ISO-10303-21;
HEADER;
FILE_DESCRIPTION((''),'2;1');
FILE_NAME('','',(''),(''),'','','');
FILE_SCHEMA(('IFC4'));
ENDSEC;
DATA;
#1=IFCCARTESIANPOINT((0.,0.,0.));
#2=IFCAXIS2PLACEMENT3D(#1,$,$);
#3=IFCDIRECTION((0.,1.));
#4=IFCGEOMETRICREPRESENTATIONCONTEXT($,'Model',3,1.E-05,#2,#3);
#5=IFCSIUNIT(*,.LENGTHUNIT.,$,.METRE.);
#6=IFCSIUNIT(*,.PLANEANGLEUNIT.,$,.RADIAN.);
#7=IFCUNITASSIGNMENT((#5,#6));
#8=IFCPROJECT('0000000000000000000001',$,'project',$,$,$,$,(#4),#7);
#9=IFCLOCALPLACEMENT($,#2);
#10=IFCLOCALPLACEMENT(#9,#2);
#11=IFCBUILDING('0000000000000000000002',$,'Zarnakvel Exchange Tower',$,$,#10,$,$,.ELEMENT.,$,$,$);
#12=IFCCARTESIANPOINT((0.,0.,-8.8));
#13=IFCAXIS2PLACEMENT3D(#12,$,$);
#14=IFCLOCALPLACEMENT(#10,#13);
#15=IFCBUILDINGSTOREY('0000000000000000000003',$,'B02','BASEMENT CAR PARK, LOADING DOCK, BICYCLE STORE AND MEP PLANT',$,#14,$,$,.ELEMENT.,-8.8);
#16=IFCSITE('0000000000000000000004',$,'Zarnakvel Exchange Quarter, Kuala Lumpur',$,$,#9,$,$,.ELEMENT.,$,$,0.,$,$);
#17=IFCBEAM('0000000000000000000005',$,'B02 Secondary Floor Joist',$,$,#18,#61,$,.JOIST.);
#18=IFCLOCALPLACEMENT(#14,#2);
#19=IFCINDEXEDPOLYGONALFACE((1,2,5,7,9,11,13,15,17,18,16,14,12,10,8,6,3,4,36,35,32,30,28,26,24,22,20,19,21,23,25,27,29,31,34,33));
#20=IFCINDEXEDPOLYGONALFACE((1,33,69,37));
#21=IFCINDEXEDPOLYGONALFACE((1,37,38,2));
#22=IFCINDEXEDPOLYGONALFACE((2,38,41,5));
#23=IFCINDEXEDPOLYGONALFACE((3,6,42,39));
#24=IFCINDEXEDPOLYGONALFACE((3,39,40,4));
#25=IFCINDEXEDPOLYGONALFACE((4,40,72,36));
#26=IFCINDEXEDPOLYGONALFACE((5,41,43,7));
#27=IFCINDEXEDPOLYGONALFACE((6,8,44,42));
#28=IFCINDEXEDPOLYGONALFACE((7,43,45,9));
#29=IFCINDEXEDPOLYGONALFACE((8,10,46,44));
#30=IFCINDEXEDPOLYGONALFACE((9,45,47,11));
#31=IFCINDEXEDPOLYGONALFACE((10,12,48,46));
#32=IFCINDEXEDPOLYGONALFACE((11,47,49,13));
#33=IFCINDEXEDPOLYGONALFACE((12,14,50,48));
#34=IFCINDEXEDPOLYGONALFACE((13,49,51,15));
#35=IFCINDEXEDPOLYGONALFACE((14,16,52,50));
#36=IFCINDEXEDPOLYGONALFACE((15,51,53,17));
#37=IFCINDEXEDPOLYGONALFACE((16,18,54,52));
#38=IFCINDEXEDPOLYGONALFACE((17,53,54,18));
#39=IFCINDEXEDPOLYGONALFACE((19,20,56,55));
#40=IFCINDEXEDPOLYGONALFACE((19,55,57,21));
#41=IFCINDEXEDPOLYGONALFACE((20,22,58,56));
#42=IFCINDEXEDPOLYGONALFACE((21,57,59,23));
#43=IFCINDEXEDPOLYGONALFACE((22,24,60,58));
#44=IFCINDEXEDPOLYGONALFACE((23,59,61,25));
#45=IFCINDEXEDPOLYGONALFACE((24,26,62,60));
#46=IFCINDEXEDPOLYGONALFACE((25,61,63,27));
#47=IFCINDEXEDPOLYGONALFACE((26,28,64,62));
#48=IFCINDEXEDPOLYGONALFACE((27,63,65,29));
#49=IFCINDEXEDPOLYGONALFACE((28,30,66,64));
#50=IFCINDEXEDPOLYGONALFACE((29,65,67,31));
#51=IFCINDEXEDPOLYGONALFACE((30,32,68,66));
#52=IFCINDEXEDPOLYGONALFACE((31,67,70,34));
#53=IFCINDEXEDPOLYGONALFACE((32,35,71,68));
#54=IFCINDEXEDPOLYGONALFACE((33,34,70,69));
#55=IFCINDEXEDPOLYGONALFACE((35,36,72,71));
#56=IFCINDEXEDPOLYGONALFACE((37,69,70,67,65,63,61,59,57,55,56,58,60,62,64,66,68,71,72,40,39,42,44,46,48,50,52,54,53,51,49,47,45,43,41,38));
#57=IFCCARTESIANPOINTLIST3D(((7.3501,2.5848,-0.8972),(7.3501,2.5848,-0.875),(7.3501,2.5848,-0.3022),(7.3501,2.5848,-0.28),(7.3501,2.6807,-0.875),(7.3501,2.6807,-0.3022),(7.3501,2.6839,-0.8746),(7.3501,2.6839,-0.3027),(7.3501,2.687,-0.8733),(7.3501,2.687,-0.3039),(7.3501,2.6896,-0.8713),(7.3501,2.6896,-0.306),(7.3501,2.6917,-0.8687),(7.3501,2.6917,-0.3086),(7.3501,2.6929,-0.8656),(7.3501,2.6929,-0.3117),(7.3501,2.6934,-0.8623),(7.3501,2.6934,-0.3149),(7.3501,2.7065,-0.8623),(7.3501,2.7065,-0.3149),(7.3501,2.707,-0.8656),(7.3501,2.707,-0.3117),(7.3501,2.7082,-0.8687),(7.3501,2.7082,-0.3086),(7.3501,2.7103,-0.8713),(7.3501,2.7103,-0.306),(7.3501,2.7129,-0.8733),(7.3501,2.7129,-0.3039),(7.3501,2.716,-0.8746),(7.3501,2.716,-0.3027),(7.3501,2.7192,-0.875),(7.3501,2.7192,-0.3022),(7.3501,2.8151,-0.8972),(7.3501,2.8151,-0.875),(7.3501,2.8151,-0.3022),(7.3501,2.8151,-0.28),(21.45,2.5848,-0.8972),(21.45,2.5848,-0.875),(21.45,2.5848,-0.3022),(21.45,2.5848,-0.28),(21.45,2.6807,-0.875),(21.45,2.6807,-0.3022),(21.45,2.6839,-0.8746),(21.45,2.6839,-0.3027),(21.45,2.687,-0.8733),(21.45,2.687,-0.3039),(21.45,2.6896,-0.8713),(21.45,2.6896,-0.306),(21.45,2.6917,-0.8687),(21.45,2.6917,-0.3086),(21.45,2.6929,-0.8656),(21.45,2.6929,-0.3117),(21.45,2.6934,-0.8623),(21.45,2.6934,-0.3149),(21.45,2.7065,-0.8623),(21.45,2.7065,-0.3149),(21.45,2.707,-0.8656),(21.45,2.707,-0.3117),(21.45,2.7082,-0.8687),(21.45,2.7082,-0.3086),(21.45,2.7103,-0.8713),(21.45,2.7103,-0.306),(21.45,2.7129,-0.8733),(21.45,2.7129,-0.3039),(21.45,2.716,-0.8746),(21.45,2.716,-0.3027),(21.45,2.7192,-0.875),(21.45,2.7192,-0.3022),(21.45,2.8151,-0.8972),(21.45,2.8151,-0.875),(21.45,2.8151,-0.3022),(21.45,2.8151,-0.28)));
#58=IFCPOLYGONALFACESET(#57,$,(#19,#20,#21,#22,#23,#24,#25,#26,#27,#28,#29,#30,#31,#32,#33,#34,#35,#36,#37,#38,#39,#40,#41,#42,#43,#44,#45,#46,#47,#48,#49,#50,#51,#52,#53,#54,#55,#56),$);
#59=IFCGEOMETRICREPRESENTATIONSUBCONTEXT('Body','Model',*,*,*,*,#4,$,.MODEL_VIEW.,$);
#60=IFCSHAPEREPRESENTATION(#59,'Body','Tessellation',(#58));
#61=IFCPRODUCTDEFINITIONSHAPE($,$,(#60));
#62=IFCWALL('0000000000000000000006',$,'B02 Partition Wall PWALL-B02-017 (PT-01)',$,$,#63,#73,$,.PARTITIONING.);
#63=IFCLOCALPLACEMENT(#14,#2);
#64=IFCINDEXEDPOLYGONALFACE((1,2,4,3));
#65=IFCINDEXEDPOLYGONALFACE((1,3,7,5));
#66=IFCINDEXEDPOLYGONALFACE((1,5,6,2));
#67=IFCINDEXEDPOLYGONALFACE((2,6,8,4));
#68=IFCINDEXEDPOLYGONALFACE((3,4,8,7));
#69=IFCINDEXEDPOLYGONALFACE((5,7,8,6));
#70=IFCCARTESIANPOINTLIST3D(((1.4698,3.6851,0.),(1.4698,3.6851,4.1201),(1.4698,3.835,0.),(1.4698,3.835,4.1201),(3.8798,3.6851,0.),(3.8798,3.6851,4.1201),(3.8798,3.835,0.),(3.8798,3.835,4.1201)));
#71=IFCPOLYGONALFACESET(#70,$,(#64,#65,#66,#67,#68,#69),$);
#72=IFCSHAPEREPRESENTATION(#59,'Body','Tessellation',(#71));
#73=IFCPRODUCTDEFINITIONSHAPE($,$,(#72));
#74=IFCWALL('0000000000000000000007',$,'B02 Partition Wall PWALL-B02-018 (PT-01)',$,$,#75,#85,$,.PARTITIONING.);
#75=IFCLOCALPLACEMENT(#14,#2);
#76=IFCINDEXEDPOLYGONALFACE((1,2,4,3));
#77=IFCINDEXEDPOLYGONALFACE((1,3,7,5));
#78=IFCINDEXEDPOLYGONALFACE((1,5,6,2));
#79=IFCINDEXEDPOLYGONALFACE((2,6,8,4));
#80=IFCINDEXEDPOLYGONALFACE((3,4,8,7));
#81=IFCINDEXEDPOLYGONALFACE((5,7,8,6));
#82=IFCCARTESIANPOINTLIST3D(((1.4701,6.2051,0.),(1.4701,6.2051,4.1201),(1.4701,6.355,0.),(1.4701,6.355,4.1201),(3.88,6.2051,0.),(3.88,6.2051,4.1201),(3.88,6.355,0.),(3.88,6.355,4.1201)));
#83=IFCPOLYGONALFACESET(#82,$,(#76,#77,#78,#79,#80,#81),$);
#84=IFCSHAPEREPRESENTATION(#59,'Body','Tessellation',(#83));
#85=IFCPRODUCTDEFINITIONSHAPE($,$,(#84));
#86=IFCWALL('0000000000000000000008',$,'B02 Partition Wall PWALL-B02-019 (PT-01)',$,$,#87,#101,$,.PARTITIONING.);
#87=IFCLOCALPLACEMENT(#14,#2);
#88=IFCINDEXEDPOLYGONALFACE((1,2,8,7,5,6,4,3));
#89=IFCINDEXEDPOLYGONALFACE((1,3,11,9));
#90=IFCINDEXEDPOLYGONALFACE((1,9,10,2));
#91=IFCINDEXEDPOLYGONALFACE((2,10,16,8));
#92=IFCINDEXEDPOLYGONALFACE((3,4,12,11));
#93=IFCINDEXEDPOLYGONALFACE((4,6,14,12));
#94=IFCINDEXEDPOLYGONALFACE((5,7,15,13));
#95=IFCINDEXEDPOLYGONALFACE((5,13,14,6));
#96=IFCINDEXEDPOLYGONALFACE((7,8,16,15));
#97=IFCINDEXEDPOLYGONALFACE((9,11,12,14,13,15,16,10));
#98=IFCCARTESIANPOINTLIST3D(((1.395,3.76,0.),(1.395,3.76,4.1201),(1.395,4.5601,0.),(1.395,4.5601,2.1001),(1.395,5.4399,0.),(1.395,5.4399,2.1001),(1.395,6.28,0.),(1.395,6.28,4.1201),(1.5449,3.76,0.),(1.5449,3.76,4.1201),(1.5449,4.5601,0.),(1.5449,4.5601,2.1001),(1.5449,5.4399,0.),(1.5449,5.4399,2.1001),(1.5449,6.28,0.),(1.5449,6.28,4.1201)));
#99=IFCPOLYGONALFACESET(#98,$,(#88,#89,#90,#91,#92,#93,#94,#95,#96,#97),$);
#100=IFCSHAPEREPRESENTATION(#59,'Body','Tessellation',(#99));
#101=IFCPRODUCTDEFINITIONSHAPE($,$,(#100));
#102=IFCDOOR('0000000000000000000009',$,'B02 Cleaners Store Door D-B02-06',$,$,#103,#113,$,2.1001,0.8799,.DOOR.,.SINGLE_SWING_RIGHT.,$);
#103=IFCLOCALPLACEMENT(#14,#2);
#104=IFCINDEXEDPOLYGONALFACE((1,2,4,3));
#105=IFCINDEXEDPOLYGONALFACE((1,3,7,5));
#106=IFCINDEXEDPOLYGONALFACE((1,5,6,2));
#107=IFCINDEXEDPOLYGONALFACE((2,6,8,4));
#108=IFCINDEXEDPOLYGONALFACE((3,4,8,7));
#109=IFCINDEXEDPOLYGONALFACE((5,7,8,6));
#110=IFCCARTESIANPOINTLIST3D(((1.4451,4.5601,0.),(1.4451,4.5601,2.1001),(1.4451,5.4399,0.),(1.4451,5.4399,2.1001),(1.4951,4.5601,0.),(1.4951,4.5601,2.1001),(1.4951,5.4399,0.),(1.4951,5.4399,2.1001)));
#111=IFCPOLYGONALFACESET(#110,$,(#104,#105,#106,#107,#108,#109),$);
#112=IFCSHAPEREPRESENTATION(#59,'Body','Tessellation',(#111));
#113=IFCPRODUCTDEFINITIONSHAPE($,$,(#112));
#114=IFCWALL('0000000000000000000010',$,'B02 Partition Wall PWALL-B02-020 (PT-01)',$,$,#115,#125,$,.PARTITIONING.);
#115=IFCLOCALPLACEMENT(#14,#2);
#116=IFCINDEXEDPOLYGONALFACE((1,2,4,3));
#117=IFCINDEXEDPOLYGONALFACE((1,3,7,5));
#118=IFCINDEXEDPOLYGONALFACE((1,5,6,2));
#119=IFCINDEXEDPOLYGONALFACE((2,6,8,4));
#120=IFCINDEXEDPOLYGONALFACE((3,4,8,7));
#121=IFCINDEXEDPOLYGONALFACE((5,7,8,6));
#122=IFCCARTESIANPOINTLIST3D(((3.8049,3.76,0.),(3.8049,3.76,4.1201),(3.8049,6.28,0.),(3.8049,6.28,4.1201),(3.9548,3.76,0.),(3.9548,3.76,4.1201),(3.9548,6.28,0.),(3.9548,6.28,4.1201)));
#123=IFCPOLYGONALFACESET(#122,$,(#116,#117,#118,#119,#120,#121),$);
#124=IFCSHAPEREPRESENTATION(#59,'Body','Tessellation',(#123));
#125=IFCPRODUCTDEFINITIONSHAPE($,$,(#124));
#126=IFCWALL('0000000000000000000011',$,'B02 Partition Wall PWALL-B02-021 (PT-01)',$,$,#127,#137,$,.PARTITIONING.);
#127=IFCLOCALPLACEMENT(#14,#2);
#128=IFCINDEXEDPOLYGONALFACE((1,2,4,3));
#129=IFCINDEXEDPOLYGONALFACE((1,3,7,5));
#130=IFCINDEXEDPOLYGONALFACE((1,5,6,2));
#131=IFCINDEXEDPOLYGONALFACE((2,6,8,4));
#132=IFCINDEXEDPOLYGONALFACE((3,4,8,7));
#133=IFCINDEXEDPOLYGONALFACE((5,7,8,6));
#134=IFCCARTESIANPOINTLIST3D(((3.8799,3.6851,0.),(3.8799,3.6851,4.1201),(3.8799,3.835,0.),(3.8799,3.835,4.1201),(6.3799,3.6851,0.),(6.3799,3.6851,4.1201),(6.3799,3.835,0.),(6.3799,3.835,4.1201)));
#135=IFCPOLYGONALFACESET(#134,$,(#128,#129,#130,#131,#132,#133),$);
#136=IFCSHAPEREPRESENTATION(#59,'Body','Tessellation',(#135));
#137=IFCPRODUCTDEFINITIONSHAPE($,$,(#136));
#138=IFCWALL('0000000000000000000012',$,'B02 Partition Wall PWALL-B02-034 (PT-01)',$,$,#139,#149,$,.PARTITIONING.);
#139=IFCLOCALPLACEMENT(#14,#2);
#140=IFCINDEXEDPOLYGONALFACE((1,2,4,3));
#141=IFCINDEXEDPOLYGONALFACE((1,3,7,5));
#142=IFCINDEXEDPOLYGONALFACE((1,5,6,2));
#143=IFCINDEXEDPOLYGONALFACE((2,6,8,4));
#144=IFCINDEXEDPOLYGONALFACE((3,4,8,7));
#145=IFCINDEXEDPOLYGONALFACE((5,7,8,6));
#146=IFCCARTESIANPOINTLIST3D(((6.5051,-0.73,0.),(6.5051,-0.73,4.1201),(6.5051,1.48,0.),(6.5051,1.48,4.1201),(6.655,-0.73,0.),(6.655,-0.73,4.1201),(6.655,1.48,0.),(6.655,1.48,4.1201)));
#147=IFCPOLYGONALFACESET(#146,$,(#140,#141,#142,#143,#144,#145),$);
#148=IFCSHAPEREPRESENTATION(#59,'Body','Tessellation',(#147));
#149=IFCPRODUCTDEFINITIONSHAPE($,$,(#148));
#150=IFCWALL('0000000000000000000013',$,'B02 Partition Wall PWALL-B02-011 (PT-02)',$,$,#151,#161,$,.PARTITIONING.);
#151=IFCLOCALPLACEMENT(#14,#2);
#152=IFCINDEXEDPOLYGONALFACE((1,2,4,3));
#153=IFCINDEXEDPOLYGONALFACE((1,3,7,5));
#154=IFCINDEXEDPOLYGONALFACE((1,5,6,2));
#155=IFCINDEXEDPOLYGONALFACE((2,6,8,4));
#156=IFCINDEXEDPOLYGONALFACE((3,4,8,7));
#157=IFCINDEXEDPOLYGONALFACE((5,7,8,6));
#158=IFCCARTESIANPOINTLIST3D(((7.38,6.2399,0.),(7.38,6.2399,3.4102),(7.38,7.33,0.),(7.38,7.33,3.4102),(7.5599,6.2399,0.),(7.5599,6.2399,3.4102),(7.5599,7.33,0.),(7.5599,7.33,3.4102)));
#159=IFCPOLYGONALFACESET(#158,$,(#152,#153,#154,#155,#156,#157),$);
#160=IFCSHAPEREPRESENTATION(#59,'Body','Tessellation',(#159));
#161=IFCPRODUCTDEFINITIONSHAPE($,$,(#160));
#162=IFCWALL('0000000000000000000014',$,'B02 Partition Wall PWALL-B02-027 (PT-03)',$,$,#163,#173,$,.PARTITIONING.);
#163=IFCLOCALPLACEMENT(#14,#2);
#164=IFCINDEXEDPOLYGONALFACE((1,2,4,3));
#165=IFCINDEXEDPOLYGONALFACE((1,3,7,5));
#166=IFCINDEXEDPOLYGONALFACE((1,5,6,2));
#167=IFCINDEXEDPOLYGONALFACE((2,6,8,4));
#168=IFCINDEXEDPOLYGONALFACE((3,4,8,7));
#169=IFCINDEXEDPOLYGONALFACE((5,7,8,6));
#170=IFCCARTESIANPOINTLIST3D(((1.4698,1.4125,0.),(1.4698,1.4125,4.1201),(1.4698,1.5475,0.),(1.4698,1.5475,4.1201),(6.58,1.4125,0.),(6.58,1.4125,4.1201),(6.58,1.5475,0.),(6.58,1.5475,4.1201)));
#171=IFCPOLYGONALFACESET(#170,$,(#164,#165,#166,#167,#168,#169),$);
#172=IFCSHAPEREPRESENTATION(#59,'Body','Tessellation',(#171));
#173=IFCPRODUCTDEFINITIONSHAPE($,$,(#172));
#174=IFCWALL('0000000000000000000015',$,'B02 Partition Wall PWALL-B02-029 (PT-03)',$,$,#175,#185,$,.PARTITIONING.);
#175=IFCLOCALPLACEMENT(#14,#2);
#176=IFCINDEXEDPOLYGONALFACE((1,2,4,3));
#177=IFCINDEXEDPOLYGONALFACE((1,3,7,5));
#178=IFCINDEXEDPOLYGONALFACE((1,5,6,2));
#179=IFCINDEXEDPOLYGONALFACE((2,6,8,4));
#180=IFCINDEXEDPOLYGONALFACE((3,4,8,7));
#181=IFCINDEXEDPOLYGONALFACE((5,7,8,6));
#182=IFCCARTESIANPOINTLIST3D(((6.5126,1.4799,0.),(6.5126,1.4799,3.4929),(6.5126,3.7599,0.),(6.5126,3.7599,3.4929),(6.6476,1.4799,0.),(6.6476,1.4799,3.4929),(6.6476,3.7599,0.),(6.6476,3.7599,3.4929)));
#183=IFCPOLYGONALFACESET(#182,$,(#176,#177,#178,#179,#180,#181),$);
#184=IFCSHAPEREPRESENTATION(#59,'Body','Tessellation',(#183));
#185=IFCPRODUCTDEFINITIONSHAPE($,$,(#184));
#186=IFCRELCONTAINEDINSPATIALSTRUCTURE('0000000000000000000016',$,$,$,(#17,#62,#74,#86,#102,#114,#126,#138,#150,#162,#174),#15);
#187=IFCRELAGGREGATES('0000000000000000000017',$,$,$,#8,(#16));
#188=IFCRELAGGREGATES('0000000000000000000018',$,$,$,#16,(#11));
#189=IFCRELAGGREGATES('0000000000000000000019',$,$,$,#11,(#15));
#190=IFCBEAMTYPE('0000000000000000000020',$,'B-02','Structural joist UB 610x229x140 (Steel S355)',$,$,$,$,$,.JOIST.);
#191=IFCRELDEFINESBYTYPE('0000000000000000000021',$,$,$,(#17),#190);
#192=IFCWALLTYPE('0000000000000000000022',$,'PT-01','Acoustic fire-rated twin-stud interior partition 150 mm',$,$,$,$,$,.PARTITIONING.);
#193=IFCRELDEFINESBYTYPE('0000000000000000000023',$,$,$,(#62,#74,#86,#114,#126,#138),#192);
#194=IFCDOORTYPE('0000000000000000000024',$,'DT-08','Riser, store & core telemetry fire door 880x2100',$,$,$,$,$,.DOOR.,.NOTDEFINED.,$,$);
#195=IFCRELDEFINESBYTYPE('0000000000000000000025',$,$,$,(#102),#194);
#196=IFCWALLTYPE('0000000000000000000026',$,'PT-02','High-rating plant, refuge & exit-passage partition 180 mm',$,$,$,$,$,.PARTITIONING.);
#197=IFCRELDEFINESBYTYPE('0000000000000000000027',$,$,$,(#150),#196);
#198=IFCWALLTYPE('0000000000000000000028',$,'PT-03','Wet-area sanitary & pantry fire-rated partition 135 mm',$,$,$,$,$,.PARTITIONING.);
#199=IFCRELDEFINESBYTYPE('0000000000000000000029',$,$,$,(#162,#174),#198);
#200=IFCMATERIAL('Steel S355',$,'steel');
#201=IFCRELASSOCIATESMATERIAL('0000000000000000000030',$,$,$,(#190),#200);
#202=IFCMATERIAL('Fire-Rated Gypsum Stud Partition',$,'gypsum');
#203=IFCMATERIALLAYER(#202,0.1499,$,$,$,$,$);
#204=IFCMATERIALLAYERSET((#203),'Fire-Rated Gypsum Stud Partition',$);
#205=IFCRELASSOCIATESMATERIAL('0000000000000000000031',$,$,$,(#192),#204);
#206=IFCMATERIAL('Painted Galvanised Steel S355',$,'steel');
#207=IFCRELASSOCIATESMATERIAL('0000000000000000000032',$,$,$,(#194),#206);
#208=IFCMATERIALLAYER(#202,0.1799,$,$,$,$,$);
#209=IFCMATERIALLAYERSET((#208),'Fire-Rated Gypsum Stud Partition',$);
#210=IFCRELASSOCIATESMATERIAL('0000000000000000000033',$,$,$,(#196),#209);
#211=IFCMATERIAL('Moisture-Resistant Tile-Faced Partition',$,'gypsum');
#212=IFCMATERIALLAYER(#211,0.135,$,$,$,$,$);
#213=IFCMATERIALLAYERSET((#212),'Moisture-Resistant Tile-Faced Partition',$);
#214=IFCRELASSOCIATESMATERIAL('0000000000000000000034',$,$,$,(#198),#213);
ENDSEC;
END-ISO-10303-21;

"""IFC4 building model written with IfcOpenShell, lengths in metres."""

from ifc_helpers import new_model, si_unit, direction, frame, frame_2d, origin, origin_2d, place, context, subcontext, project, spatial, rectangle, i_section, extrude, source, transform, mapped, material, layer, layer_set, material_profile, profile_set, type_object, element, fill, save


model = new_model("IFC4")

# Units and contexts
model_context = context("Model", 3, precision=1e-05, world=origin(), true_north=direction((0.0, 1.0)))
body_context = subcontext(model_context, "Body", "Model", "MODEL_VIEW")
ifc_project = project(units=[si_unit("LENGTHUNIT", "METRE"), si_unit("PLANEANGLEUNIT", "RADIAN")], contexts=[model_context])

# Site, building, storey
site_placement = place(None, origin())
site = spatial("IfcSite", under=ifc_project, at=site_placement, Name="Zarnakvel Exchange Quarter, Kuala Lumpur", CompositionType="ELEMENT", RefElevation=0.0)
building_placement = place(site_placement, origin())
building = spatial("IfcBuilding", under=site, at=building_placement, Name="Zarnakvel Exchange Tower", CompositionType="ELEMENT")
storey_placement = place(building_placement, frame((0.0, 0.0, -8.8)))
storey = spatial("IfcBuildingStorey", under=building, at=storey_placement, Name="B02", Description="BASEMENT CAR PARK, LOADING DOCK, BICYCLE STORE AND MEP PLANT", CompositionType="ELEMENT", Elevation=-8.8)

# Beam
ifc_material_1 = material(Name="Steel S355", Category="steel")
ifc_material_profile = material_profile(ifc_material_1, i_section(OverallWidth=0.2302, OverallDepth=0.6172, WebThickness=0.0132, FlangeThickness=0.0222, FilletRadius=0.0127, at=origin_2d()))
ifc_profile_set = profile_set([ifc_material_profile], Name="Steel S355")
beam_type = type_object("IfcBeamType", Name="B-02", Description="Structural joist UB 610x229x140 (Steel S355)", PredefinedType="JOIST", material=ifc_profile_set)
beam_placement = place(storey_placement, frame((7.3501, 2.7, -0.5886), z_axis=(1.0, 0.0, 0.0), x_axis=(0.0, 1.0, 0.0)))
element("IfcBeam", 1, at=beam_placement, inside=storey, type_object=beam_type, Name="B02 Secondary Floor Joist", PredefinedType="JOIST", context=body_context, shape_type="SweptSolid", body=[
    extrude(i_section(OverallWidth=0.2302, OverallDepth=0.6172, WebThickness=0.0132, FlangeThickness=0.0222, FilletRadius=0.0127, at=origin_2d()), origin(), (0.0, 0.0, 1.0), 14.0999),
])

# Walls
ifc_material_2 = material(Name="Fire-Rated Gypsum Stud Partition", Category="gypsum")
ifc_layer_1 = layer(ifc_material_2, 0.1499)
ifc_layer_set_1 = layer_set([ifc_layer_1], Name="Fire-Rated Gypsum Stud Partition")
wall_type_1 = type_object("IfcWallType", Name="PT-01", Description="Acoustic fire-rated twin-stud interior partition 150 mm", PredefinedType="PARTITIONING", material=ifc_layer_set_1)
for number, where, z_axis, x_axis, name in (
    (2, (3.8799, 3.76, 0.0), (0.0, 0.0, 1.0), (-1.0, 0.0, 0.0), "B02 Partition Wall PWALL-B02-017 (PT-01)"),
    (3, (1.47, 6.28, 0.0), (0.0, 0.0, 1.0), (1.0, 0.0, 0.0), "B02 Partition Wall PWALL-B02-018 (PT-01)"),
):
    element("IfcWall", number, at=place(storey_placement, frame(where, z_axis=z_axis, x_axis=x_axis)), inside=storey, type_object=wall_type_1, Name=name, PredefinedType="PARTITIONING", context=body_context, shape_type="SweptSolid", body=[
        extrude(rectangle(XDim=2.4099, YDim=0.1499, at=frame_2d((1.2051, 0.0))), origin(), (0.0, 0.0, 1.0), 4.1201),
    ])

# Wall, opening, door
wall_1_placement = place(storey_placement, frame((1.47, 3.76, 0.0), z_axis=(0.0, 0.0, 1.0), x_axis=(0.0, 1.0, 0.0)))
wall_1 = element("IfcWall", 4, at=wall_1_placement, inside=storey, type_object=wall_type_1, Name="B02 Partition Wall PWALL-B02-019 (PT-01)", PredefinedType="PARTITIONING", context=body_context, shape_type="SweptSolid", body=[
    extrude(rectangle(XDim=2.52, YDim=0.1499, at=frame_2d((1.26, 0.0))), origin(), (0.0, 0.0, 1.0), 4.1201),
])
opening_1_placement = place(wall_1_placement, frame((0.8, 0.0, 0.0)))
opening_1 = element("IfcOpeningElement", 5, at=opening_1_placement, cuts=wall_1, PredefinedType="OPENING", context=body_context, shape_type="SweptSolid", body=[
    extrude(rectangle(XDim=0.8799, YDim=2.1001, at=frame_2d((0.4399, 1.05))), frame((0.0, 0.085, 0.0), z_axis=(0.0, -1.0, 0.0), x_axis=(1.0, 0.0, 0.0)), (0.0, 0.0, 1.0), 0.1699),
])
ifc_material_3 = material(Name="Painted Galvanised Steel S355", Category="steel")
door_type_1 = type_object("IfcDoorType", Name="DT-08", Description="Riser, store & core telemetry fire door 880x2100", OperationType="NOTDEFINED", PredefinedType="DOOR", material=ifc_material_3)
shared_shape_1 = source(origin(), body_context, "Body", "SweptSolid", [
    extrude(rectangle(XDim=0.8799, YDim=2.1001, at=frame_2d((0.4399, 1.05))), frame((0.0, 0.0249, 0.0), z_axis=(0.0, -1.0, 0.0), x_axis=(1.0, 0.0, 0.0)), (0.0, 0.0, 1.0), 0.05),
])
door_1_placement = place(opening_1_placement, origin())
door_1 = element("IfcDoor", 6, at=door_1_placement, inside=storey, type_object=door_type_1, Name="B02 Cleaners Store Door D-B02-06", OperationType="SINGLE_SWING_RIGHT", OverallHeight=2.1001, OverallWidth=0.8799, PredefinedType="DOOR", context=body_context, shape_type="MappedRepresentation", body=[
    mapped(shared_shape_1, transform((0.0, 0.0, 0.0), x_axis=(1.0, 0.0, 0.0), y_axis=(0.0, 1.0, 0.0), z_axis=(0.0, 0.0, 1.0), scale=1.0)),
])
fill(opening_1, door_1)

# Walls
wall_2_placement = place(storey_placement, frame((3.8799, 6.28, 0.0), z_axis=(0.0, 0.0, 1.0), x_axis=(0.0, -1.0, 0.0)))
element("IfcWall", 7, at=wall_2_placement, inside=storey, type_object=wall_type_1, Name="B02 Partition Wall PWALL-B02-020 (PT-01)", PredefinedType="PARTITIONING", context=body_context, shape_type="SweptSolid", body=[
    extrude(rectangle(XDim=2.52, YDim=0.1499, at=frame_2d((1.26, 0.0))), origin(), (0.0, 0.0, 1.0), 4.1201),
])
wall_3_placement = place(storey_placement, frame((6.3799, 3.76, 0.0), z_axis=(0.0, 0.0, 1.0), x_axis=(-1.0, 0.0, 0.0)))
element("IfcWall", 8, at=wall_3_placement, inside=storey, type_object=wall_type_1, Name="B02 Partition Wall PWALL-B02-021 (PT-01)", PredefinedType="PARTITIONING", context=body_context, shape_type="SweptSolid", body=[
    extrude(rectangle(XDim=2.5, YDim=0.1499, at=frame_2d((1.25, 0.0))), origin(), (0.0, 0.0, 1.0), 4.1201),
])
wall_4_placement = place(storey_placement, frame((6.5801, 1.48, 0.0), z_axis=(0.0, 0.0, 1.0), x_axis=(0.0, -1.0, 0.0)))
element("IfcWall", 9, at=wall_4_placement, inside=storey, type_object=wall_type_1, Name="B02 Partition Wall PWALL-B02-034 (PT-01)", PredefinedType="PARTITIONING", context=body_context, shape_type="SweptSolid", body=[
    extrude(rectangle(XDim=2.21, YDim=0.1499, at=frame_2d((1.105, 0.0))), origin(), (0.0, 0.0, 1.0), 4.1201),
])
ifc_layer_2 = layer(ifc_material_2, 0.1799)
ifc_layer_set_2 = layer_set([ifc_layer_2], Name="Fire-Rated Gypsum Stud Partition")
wall_type_2 = type_object("IfcWallType", Name="PT-02", Description="High-rating plant, refuge & exit-passage partition 180 mm", PredefinedType="PARTITIONING", material=ifc_layer_set_2)
wall_5_placement = place(storey_placement, frame((7.47, 6.24, 0.0), z_axis=(0.0, 0.0, 1.0), x_axis=(0.0, 1.0, 0.0)))
element("IfcWall", 10, at=wall_5_placement, inside=storey, type_object=wall_type_2, Name="B02 Partition Wall PWALL-B02-011 (PT-02)", PredefinedType="PARTITIONING", context=body_context, shape_type="SweptSolid", body=[
    extrude(rectangle(XDim=1.0901, YDim=0.1799, at=frame_2d((0.5449, 0.0))), origin(), (0.0, 0.0, 1.0), 3.4102),
])
ifc_material_4 = material(Name="Moisture-Resistant Tile-Faced Partition", Category="gypsum")
ifc_layer_3 = layer(ifc_material_4, 0.135)
ifc_layer_set_3 = layer_set([ifc_layer_3], Name="Moisture-Resistant Tile-Faced Partition")
wall_type_3 = type_object("IfcWallType", Name="PT-03", Description="Wet-area sanitary & pantry fire-rated partition 135 mm", PredefinedType="PARTITIONING", material=ifc_layer_set_3)
wall_6_placement = place(storey_placement, frame((6.5801, 1.48, 0.0), z_axis=(0.0, 0.0, 1.0), x_axis=(-1.0, 0.0, 0.0)))
element("IfcWall", 11, at=wall_6_placement, inside=storey, type_object=wall_type_3, Name="B02 Partition Wall PWALL-B02-027 (PT-03)", PredefinedType="PARTITIONING", context=body_context, shape_type="SweptSolid", body=[
    extrude(rectangle(XDim=5.1101, YDim=0.135, at=frame_2d((2.5552, 0.0))), origin(), (0.0, 0.0, 1.0), 4.1201),
])
wall_7_placement = place(storey_placement, frame((6.5801, 3.76, 0.0), z_axis=(0.0, 0.0, 1.0), x_axis=(0.0, -1.0, 0.0)))
element("IfcWall", 12, at=wall_7_placement, inside=storey, type_object=wall_type_3, Name="B02 Partition Wall PWALL-B02-029 (PT-03)", PredefinedType="PARTITIONING", context=body_context, shape_type="SweptSolid", body=[
    extrude(rectangle(XDim=2.28, YDim=0.135, at=frame_2d((1.1401, 0.0))), origin(), (0.0, 0.0, 1.0), 3.4929),
])

save(model, "model.ifc")
